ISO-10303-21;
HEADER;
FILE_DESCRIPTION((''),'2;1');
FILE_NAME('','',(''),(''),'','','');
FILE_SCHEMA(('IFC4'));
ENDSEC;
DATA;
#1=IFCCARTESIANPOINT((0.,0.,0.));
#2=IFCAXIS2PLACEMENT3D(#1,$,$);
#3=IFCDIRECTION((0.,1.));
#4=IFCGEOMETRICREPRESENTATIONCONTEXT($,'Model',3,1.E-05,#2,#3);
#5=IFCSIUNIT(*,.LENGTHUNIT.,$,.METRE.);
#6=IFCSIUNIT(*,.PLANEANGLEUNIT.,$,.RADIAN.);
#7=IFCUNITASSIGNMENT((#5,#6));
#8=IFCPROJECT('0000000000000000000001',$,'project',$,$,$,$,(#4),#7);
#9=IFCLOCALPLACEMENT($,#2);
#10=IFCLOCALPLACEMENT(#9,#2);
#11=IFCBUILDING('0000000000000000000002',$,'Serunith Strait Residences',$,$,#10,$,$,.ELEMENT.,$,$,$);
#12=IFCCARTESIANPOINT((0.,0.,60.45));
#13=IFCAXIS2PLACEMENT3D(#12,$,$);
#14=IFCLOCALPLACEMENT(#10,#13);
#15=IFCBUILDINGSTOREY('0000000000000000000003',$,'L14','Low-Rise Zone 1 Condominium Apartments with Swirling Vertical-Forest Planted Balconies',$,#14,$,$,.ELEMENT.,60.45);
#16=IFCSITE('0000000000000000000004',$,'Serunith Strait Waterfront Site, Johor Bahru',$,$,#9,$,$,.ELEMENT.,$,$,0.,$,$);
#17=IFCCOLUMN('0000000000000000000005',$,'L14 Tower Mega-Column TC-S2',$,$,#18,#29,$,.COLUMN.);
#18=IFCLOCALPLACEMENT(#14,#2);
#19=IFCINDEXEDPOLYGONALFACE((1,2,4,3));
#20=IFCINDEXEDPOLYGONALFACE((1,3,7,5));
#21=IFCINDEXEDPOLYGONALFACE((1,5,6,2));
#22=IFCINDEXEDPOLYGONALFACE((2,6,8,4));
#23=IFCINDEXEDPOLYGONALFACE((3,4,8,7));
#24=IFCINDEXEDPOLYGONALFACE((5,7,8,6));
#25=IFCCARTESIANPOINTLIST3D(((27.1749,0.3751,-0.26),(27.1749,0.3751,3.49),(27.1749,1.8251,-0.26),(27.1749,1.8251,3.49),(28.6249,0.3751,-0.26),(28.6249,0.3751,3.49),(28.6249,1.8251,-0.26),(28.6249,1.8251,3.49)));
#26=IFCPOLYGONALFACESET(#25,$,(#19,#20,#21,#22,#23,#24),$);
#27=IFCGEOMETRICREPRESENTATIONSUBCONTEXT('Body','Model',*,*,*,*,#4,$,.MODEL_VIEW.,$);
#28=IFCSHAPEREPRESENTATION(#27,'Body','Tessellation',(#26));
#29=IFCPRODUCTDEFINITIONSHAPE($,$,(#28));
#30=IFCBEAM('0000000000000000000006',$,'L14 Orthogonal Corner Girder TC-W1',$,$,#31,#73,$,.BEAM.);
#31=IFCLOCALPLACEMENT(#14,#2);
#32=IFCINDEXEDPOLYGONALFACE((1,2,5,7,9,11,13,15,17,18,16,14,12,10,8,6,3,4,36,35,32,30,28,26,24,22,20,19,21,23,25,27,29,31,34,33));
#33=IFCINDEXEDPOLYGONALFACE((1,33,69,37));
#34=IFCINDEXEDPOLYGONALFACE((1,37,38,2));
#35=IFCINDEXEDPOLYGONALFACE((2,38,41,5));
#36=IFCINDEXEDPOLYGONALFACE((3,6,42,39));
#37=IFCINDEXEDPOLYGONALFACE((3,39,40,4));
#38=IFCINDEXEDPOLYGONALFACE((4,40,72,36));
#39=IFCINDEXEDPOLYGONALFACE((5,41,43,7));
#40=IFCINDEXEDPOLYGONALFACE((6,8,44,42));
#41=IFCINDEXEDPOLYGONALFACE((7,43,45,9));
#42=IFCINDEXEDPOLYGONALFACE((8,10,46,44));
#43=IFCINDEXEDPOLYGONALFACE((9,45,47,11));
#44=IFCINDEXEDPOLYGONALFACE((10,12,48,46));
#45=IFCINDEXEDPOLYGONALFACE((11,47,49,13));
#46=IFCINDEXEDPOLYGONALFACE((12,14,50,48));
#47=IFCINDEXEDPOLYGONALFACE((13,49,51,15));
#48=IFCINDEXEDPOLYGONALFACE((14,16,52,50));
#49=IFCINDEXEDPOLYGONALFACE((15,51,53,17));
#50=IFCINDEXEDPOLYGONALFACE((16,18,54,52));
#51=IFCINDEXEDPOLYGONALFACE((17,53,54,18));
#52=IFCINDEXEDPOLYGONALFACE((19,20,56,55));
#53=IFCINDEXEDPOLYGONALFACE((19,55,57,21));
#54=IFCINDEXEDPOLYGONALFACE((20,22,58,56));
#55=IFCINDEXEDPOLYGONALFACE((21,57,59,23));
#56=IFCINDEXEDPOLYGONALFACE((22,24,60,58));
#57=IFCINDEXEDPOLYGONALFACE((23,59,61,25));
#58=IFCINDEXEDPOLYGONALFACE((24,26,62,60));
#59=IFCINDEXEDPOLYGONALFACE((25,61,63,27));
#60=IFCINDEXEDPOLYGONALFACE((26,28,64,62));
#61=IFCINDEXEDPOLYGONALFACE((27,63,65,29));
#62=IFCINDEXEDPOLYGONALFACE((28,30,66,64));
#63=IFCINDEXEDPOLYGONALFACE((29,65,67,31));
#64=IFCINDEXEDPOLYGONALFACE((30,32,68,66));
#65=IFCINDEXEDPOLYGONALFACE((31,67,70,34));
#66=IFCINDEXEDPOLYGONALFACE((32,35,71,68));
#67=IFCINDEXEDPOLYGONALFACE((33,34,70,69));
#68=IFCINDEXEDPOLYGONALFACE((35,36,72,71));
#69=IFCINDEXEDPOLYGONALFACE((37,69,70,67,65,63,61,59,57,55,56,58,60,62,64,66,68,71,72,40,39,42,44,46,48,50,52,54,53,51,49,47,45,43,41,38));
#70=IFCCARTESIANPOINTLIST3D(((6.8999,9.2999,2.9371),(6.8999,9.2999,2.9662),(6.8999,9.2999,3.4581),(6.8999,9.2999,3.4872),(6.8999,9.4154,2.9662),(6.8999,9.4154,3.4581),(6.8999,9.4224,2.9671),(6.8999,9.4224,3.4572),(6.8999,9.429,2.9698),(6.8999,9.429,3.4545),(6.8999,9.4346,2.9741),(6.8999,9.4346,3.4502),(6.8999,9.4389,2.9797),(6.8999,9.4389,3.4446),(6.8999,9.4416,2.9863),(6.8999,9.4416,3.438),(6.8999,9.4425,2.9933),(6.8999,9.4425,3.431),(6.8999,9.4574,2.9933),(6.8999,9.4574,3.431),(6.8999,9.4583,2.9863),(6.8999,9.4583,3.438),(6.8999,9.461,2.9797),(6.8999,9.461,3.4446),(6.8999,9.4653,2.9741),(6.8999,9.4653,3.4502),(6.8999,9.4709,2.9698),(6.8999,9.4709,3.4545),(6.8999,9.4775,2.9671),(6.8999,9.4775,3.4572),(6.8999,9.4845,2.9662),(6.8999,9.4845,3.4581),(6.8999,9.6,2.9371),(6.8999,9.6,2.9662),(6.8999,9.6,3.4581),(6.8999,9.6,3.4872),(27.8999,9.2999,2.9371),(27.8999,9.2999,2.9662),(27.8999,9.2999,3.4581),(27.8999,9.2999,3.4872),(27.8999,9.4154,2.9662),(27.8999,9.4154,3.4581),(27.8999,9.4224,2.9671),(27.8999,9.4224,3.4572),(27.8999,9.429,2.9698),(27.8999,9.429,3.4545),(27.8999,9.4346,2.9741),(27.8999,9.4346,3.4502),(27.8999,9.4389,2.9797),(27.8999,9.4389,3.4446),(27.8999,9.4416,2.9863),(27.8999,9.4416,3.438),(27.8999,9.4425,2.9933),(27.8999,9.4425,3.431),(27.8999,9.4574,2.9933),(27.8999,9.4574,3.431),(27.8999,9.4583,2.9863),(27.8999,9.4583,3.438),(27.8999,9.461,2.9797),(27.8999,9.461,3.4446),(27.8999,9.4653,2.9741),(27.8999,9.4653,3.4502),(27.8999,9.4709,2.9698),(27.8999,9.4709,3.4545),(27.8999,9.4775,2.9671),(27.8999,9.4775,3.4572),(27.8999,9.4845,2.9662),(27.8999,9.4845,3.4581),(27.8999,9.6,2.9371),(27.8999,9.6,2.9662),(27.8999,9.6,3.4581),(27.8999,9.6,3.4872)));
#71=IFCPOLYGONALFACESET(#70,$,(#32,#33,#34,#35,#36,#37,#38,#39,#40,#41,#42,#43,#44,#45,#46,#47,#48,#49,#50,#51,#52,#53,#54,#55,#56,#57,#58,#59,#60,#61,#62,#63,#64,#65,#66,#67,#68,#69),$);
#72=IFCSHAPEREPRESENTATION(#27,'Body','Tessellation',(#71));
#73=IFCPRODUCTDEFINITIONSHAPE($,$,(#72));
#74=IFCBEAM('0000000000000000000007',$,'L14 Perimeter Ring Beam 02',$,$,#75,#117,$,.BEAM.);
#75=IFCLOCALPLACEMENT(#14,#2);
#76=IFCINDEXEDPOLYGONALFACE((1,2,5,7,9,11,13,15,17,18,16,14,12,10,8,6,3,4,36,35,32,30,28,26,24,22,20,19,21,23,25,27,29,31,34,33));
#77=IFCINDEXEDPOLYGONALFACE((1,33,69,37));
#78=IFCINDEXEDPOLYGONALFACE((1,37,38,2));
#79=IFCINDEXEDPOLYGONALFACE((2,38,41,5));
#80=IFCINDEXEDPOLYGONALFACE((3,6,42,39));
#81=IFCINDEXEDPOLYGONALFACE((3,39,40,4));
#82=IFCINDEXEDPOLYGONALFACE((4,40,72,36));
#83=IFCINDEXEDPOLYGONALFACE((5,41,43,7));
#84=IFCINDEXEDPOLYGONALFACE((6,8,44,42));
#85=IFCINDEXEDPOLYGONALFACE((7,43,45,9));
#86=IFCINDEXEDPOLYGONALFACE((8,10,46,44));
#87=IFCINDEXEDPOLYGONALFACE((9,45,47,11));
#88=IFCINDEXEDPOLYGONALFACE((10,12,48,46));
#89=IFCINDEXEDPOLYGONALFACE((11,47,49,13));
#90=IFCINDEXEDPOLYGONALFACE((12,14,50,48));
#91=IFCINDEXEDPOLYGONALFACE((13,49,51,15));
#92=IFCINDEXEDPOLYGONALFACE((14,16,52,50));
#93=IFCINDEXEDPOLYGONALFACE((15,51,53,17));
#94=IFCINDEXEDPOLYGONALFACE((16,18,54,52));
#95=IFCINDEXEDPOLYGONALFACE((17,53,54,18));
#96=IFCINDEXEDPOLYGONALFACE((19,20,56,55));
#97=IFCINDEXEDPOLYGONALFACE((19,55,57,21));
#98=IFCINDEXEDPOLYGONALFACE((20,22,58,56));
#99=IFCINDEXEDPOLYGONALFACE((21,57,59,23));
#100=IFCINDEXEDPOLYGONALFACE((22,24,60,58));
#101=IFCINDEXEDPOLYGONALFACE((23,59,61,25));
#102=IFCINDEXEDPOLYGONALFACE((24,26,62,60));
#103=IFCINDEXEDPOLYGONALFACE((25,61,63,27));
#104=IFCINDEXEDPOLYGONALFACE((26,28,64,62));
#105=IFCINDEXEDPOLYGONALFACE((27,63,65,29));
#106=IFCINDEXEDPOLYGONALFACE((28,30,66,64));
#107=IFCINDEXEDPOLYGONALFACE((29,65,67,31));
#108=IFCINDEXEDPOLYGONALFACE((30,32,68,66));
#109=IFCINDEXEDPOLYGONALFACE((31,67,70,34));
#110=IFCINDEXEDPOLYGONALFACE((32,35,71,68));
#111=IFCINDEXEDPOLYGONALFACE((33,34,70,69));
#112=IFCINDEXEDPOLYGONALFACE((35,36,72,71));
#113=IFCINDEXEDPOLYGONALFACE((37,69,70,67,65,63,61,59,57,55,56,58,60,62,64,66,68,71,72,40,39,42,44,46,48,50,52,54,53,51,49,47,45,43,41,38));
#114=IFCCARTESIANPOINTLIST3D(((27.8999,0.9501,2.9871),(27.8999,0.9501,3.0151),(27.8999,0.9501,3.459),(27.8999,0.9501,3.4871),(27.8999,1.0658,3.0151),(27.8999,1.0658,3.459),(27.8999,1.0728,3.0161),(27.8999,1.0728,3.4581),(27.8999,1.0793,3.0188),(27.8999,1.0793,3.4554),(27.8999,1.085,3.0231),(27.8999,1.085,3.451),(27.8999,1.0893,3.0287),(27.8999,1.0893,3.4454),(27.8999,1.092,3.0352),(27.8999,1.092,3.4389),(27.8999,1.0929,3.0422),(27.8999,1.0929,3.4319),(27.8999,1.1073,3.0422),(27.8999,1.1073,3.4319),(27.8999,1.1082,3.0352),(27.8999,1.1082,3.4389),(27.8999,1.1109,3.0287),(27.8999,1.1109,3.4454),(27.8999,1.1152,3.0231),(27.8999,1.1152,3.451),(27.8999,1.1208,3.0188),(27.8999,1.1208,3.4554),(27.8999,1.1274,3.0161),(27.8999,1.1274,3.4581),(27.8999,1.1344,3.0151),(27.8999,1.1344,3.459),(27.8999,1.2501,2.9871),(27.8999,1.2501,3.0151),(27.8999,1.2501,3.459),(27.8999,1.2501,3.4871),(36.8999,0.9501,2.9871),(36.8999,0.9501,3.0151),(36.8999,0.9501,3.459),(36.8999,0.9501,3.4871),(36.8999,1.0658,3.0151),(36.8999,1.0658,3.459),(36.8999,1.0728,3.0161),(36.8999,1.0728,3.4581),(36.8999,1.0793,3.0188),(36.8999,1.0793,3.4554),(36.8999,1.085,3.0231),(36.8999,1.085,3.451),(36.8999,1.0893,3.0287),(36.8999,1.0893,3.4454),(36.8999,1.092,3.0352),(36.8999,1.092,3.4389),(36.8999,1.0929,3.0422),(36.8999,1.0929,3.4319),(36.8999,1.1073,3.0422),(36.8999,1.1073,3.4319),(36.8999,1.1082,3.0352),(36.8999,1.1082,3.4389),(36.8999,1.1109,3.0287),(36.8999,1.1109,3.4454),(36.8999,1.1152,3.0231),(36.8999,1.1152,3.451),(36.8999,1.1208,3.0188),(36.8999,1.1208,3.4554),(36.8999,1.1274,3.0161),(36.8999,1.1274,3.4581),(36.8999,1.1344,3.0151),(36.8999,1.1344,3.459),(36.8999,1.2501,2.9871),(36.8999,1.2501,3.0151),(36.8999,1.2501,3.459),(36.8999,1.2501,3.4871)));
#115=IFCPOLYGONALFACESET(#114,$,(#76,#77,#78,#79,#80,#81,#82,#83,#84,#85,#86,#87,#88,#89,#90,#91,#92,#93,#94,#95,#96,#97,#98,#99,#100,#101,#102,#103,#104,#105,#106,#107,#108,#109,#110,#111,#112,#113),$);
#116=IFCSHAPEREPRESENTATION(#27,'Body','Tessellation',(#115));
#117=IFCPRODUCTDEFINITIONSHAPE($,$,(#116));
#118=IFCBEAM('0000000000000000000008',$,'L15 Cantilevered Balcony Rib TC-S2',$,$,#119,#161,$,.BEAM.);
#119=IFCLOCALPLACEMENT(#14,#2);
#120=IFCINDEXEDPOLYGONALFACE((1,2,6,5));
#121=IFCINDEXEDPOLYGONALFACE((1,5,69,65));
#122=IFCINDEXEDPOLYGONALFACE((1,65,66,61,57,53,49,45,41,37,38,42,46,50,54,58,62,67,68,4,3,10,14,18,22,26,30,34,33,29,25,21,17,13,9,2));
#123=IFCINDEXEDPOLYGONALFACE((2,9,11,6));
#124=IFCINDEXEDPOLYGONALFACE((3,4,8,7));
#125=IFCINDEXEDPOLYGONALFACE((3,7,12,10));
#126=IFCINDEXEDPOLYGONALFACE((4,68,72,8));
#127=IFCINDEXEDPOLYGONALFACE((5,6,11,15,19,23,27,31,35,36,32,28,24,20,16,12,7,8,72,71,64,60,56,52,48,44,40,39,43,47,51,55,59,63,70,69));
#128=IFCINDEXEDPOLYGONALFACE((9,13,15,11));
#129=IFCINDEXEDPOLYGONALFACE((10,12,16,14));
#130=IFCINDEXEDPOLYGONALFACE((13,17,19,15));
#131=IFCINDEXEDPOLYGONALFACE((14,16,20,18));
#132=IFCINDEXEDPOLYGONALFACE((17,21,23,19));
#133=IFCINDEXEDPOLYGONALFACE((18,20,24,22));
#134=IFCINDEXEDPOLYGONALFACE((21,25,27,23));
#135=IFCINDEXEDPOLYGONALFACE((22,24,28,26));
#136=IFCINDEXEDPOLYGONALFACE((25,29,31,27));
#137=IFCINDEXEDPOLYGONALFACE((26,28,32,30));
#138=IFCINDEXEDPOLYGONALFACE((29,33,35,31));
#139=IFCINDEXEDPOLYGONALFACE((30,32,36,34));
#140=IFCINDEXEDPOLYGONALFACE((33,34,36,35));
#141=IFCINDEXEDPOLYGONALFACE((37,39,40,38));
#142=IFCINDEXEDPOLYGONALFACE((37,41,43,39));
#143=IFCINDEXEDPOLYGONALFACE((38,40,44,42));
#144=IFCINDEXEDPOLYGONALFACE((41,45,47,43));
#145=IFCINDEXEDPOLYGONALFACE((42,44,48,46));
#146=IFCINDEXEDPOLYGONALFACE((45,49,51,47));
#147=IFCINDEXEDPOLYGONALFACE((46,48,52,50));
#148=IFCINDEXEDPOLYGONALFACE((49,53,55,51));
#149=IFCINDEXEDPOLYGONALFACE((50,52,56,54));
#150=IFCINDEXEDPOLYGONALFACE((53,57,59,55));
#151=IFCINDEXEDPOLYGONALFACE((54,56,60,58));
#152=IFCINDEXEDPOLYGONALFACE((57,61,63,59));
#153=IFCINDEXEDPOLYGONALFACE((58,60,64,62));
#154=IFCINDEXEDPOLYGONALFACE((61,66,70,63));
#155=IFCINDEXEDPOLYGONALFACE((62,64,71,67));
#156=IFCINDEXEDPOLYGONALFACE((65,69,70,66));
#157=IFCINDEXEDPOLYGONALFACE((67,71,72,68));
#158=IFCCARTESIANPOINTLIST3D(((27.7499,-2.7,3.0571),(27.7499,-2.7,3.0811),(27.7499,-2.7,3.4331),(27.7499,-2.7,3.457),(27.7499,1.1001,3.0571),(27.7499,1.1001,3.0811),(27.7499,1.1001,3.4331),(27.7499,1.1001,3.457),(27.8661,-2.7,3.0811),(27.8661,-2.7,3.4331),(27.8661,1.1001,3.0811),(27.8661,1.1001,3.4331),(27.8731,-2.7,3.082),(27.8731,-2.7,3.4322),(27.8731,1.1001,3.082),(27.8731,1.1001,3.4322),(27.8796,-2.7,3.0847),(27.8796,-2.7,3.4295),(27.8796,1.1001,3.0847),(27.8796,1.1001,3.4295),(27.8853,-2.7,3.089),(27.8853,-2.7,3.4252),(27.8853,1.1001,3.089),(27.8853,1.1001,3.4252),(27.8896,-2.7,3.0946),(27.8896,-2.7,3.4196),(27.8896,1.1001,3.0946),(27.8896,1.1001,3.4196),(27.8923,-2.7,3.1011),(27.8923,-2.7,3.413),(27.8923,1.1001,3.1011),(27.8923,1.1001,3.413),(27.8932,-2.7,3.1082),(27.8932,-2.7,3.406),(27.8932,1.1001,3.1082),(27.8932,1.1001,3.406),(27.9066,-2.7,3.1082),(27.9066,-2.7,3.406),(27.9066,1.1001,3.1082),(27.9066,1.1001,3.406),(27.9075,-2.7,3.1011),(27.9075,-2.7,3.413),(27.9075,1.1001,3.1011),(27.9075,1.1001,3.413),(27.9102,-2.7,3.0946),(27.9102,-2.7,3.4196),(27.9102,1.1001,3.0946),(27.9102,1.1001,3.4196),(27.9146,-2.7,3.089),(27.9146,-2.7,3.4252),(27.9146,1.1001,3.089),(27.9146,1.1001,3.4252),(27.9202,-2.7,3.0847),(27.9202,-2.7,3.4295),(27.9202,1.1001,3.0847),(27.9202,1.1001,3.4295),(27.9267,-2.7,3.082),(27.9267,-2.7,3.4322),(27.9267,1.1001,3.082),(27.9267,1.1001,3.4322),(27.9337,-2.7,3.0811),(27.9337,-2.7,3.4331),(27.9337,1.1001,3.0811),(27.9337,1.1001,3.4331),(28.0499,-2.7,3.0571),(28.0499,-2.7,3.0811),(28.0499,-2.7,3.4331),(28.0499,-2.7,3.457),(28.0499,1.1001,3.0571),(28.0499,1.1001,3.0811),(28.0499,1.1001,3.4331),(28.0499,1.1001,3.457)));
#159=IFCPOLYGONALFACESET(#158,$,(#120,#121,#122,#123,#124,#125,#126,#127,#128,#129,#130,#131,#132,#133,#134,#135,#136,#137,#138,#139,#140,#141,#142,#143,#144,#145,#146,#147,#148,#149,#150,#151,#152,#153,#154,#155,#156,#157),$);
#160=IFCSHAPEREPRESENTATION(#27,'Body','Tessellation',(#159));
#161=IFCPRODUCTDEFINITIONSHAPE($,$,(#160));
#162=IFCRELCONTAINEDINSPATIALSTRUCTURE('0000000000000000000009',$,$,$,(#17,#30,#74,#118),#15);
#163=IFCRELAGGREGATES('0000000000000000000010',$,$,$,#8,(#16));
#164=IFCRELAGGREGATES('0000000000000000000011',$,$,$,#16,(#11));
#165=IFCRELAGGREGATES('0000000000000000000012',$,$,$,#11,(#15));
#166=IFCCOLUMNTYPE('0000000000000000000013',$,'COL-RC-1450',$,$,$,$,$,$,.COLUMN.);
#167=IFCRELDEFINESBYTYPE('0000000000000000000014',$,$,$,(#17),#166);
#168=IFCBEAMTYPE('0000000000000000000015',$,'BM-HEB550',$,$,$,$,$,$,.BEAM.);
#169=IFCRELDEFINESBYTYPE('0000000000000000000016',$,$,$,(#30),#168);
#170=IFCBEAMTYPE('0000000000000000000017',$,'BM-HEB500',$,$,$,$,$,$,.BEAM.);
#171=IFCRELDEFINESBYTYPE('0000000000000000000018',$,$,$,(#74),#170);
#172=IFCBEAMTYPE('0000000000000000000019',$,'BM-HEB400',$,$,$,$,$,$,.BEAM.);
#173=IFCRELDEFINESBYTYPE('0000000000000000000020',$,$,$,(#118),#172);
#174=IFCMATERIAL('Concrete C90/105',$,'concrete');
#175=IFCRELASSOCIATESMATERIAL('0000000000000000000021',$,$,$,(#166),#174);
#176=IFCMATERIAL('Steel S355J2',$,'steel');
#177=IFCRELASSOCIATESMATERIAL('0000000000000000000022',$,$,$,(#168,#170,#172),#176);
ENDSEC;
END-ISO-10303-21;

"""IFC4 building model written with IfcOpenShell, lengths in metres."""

from ifc_helpers import new_model, si_unit, direction, frame, origin, origin_2d, place, context, subcontext, project, spatial, rectangle, i_section, extrude, source, transform, mapped, material, material_profile, profile_set, type_object, element, save


model = new_model("IFC4")

# Units and contexts
model_context = context("Model", 3, precision=1e-05, world=origin(), true_north=direction((0.0, 1.0)))
body_context = subcontext(model_context, "Body", "Model", "MODEL_VIEW")
ifc_project = project(units=[si_unit("LENGTHUNIT", "METRE"), si_unit("PLANEANGLEUNIT", "RADIAN")], contexts=[model_context])

# Site, building, storey
site_placement = place(None, origin())
site = spatial("IfcSite", under=ifc_project, at=site_placement, Name="Serunith Strait Waterfront Site, Johor Bahru", CompositionType="ELEMENT", RefElevation=0.0)
building_placement = place(site_placement, origin())
building = spatial("IfcBuilding", under=site, at=building_placement, Name="Serunith Strait Residences", CompositionType="ELEMENT")
storey_placement = place(building_placement, frame((0.0, 0.0, 60.45)))
storey = spatial("IfcBuildingStorey", under=building, at=storey_placement, Name="L14", Description="Low-Rise Zone 1 Condominium Apartments with Swirling Vertical-Forest Planted Balconies", CompositionType="ELEMENT", Elevation=60.45)

# Column
ifc_material_1 = material(Name="Concrete C90/105", Category="concrete")
ifc_material_profile_1 = material_profile(ifc_material_1, rectangle(XDim=1.45, YDim=1.45, at=origin_2d()), Name="RC 1450x1450")
ifc_profile_set_1 = profile_set([ifc_material_profile_1], Name="Concrete C90/105")
column_type = type_object("IfcColumnType", Name="COL-RC-1450", PredefinedType="COLUMN", material=ifc_profile_set_1)
shared_shape_1 = source(origin(), body_context, "Body", "SweptSolid", [
    extrude(rectangle(XDim=1.45, YDim=1.45, at=origin_2d()), origin(), (0.0, 0.0, 1.0), 3.75),
])
column_placement = place(storey_placement, frame((27.8999, 1.1001, -0.26), z_axis=(0.0, 0.0, 1.0), x_axis=(1.0, 0.0, 0.0)))
element("IfcColumn", 1, at=column_placement, inside=storey, type_object=column_type, Name="L14 Tower Mega-Column TC-S2", PredefinedType="COLUMN", context=body_context, shape_type="MappedRepresentation", body=[
    mapped(shared_shape_1, transform((0.0, 0.0, 0.0), scale=1.0)),
])

# Beams
ifc_material_2 = material(Name="Steel S355J2", Category="steel")
ifc_material_profile_2 = material_profile(ifc_material_2, i_section(OverallWidth=0.3, OverallDepth=0.55, WebThickness=0.0149, FlangeThickness=0.0291, FilletRadius=0.0271, at=origin_2d()), Name="HEB 550")
ifc_profile_set_2 = profile_set([ifc_material_profile_2], Name="Steel S355J2")
beam_type_1 = type_object("IfcBeamType", Name="BM-HEB550", PredefinedType="BEAM", material=ifc_profile_set_2)
shared_shape_2 = source(origin(), body_context, "Body", "SweptSolid", [
    extrude(i_section(OverallWidth=0.3, OverallDepth=0.55, WebThickness=0.0149, FlangeThickness=0.0291, FilletRadius=0.0271, at=origin_2d()), origin(), (0.0, 0.0, 1.0), 21.0),
])
beam_1_placement = place(storey_placement, frame((27.8999, 9.45, 3.2122), z_axis=(-1.0, 0.0, 0.0), x_axis=(0.0, -1.0, 0.0)))
element("IfcBeam", 2, at=beam_1_placement, inside=storey, type_object=beam_type_1, Name="L14 Orthogonal Corner Girder TC-W1", PredefinedType="BEAM", context=body_context, shape_type="MappedRepresentation", body=[
    mapped(shared_shape_2, transform((0.0, 0.0, 0.0), scale=1.0)),
])
ifc_material_profile_3 = material_profile(ifc_material_2, i_section(OverallWidth=0.3, OverallDepth=0.5, WebThickness=0.0144, FlangeThickness=0.0281, FilletRadius=0.0271, at=origin_2d()), Name="HEB 500")
ifc_profile_set_3 = profile_set([ifc_material_profile_3], Name="Steel S355J2")
beam_type_2 = type_object("IfcBeamType", Name="BM-HEB500", PredefinedType="BEAM", material=ifc_profile_set_3)
shared_shape_3 = source(origin(), body_context, "Body", "SweptSolid", [
    extrude(i_section(OverallWidth=0.3, OverallDepth=0.5, WebThickness=0.0144, FlangeThickness=0.0281, FilletRadius=0.0271, at=origin_2d()), origin(), (0.0, 0.0, 1.0), 9.0),
])
beam_2_placement = place(storey_placement, frame((27.8999, 1.1001, 3.2371), z_axis=(1.0, 0.0, 0.0), x_axis=(0.0, 1.0, 0.0)))
element("IfcBeam", 3, at=beam_2_placement, inside=storey, type_object=beam_type_2, Name="L14 Perimeter Ring Beam 02", PredefinedType="BEAM", context=body_context, shape_type="MappedRepresentation", body=[
    mapped(shared_shape_3, transform((0.0, 0.0, 0.0), scale=1.0)),
])
ifc_material_profile_4 = material_profile(ifc_material_2, i_section(OverallWidth=0.3, OverallDepth=0.3999, WebThickness=0.0134, FlangeThickness=0.0239, FilletRadius=0.0271, at=origin_2d()), Name="HEB 400")
ifc_profile_set_4 = profile_set([ifc_material_profile_4], Name="Steel S355J2")
beam_type_3 = type_object("IfcBeamType", Name="BM-HEB400", PredefinedType="BEAM", material=ifc_profile_set_4)
shared_shape_4 = source(origin(), body_context, "Body", "SweptSolid", [
    extrude(i_section(OverallWidth=0.3, OverallDepth=0.3999, WebThickness=0.0134, FlangeThickness=0.0239, FilletRadius=0.0271, at=origin_2d()), origin(), (0.0, 0.0, 1.0), 3.8),
])
beam_3_placement = place(storey_placement, frame((27.8999, 1.1001, 3.2571), z_axis=(0.0, -1.0, 0.0), x_axis=(1.0, 0.0, 0.0)))
element("IfcBeam", 4, at=beam_3_placement, inside=storey, type_object=beam_type_3, Name="L15 Cantilevered Balcony Rib TC-S2", PredefinedType="BEAM", context=body_context, shape_type="MappedRepresentation", body=[
    mapped(shared_shape_4, transform((0.0, 0.0, 0.0), scale=1.0)),
])

save(model, "model.ifc")
